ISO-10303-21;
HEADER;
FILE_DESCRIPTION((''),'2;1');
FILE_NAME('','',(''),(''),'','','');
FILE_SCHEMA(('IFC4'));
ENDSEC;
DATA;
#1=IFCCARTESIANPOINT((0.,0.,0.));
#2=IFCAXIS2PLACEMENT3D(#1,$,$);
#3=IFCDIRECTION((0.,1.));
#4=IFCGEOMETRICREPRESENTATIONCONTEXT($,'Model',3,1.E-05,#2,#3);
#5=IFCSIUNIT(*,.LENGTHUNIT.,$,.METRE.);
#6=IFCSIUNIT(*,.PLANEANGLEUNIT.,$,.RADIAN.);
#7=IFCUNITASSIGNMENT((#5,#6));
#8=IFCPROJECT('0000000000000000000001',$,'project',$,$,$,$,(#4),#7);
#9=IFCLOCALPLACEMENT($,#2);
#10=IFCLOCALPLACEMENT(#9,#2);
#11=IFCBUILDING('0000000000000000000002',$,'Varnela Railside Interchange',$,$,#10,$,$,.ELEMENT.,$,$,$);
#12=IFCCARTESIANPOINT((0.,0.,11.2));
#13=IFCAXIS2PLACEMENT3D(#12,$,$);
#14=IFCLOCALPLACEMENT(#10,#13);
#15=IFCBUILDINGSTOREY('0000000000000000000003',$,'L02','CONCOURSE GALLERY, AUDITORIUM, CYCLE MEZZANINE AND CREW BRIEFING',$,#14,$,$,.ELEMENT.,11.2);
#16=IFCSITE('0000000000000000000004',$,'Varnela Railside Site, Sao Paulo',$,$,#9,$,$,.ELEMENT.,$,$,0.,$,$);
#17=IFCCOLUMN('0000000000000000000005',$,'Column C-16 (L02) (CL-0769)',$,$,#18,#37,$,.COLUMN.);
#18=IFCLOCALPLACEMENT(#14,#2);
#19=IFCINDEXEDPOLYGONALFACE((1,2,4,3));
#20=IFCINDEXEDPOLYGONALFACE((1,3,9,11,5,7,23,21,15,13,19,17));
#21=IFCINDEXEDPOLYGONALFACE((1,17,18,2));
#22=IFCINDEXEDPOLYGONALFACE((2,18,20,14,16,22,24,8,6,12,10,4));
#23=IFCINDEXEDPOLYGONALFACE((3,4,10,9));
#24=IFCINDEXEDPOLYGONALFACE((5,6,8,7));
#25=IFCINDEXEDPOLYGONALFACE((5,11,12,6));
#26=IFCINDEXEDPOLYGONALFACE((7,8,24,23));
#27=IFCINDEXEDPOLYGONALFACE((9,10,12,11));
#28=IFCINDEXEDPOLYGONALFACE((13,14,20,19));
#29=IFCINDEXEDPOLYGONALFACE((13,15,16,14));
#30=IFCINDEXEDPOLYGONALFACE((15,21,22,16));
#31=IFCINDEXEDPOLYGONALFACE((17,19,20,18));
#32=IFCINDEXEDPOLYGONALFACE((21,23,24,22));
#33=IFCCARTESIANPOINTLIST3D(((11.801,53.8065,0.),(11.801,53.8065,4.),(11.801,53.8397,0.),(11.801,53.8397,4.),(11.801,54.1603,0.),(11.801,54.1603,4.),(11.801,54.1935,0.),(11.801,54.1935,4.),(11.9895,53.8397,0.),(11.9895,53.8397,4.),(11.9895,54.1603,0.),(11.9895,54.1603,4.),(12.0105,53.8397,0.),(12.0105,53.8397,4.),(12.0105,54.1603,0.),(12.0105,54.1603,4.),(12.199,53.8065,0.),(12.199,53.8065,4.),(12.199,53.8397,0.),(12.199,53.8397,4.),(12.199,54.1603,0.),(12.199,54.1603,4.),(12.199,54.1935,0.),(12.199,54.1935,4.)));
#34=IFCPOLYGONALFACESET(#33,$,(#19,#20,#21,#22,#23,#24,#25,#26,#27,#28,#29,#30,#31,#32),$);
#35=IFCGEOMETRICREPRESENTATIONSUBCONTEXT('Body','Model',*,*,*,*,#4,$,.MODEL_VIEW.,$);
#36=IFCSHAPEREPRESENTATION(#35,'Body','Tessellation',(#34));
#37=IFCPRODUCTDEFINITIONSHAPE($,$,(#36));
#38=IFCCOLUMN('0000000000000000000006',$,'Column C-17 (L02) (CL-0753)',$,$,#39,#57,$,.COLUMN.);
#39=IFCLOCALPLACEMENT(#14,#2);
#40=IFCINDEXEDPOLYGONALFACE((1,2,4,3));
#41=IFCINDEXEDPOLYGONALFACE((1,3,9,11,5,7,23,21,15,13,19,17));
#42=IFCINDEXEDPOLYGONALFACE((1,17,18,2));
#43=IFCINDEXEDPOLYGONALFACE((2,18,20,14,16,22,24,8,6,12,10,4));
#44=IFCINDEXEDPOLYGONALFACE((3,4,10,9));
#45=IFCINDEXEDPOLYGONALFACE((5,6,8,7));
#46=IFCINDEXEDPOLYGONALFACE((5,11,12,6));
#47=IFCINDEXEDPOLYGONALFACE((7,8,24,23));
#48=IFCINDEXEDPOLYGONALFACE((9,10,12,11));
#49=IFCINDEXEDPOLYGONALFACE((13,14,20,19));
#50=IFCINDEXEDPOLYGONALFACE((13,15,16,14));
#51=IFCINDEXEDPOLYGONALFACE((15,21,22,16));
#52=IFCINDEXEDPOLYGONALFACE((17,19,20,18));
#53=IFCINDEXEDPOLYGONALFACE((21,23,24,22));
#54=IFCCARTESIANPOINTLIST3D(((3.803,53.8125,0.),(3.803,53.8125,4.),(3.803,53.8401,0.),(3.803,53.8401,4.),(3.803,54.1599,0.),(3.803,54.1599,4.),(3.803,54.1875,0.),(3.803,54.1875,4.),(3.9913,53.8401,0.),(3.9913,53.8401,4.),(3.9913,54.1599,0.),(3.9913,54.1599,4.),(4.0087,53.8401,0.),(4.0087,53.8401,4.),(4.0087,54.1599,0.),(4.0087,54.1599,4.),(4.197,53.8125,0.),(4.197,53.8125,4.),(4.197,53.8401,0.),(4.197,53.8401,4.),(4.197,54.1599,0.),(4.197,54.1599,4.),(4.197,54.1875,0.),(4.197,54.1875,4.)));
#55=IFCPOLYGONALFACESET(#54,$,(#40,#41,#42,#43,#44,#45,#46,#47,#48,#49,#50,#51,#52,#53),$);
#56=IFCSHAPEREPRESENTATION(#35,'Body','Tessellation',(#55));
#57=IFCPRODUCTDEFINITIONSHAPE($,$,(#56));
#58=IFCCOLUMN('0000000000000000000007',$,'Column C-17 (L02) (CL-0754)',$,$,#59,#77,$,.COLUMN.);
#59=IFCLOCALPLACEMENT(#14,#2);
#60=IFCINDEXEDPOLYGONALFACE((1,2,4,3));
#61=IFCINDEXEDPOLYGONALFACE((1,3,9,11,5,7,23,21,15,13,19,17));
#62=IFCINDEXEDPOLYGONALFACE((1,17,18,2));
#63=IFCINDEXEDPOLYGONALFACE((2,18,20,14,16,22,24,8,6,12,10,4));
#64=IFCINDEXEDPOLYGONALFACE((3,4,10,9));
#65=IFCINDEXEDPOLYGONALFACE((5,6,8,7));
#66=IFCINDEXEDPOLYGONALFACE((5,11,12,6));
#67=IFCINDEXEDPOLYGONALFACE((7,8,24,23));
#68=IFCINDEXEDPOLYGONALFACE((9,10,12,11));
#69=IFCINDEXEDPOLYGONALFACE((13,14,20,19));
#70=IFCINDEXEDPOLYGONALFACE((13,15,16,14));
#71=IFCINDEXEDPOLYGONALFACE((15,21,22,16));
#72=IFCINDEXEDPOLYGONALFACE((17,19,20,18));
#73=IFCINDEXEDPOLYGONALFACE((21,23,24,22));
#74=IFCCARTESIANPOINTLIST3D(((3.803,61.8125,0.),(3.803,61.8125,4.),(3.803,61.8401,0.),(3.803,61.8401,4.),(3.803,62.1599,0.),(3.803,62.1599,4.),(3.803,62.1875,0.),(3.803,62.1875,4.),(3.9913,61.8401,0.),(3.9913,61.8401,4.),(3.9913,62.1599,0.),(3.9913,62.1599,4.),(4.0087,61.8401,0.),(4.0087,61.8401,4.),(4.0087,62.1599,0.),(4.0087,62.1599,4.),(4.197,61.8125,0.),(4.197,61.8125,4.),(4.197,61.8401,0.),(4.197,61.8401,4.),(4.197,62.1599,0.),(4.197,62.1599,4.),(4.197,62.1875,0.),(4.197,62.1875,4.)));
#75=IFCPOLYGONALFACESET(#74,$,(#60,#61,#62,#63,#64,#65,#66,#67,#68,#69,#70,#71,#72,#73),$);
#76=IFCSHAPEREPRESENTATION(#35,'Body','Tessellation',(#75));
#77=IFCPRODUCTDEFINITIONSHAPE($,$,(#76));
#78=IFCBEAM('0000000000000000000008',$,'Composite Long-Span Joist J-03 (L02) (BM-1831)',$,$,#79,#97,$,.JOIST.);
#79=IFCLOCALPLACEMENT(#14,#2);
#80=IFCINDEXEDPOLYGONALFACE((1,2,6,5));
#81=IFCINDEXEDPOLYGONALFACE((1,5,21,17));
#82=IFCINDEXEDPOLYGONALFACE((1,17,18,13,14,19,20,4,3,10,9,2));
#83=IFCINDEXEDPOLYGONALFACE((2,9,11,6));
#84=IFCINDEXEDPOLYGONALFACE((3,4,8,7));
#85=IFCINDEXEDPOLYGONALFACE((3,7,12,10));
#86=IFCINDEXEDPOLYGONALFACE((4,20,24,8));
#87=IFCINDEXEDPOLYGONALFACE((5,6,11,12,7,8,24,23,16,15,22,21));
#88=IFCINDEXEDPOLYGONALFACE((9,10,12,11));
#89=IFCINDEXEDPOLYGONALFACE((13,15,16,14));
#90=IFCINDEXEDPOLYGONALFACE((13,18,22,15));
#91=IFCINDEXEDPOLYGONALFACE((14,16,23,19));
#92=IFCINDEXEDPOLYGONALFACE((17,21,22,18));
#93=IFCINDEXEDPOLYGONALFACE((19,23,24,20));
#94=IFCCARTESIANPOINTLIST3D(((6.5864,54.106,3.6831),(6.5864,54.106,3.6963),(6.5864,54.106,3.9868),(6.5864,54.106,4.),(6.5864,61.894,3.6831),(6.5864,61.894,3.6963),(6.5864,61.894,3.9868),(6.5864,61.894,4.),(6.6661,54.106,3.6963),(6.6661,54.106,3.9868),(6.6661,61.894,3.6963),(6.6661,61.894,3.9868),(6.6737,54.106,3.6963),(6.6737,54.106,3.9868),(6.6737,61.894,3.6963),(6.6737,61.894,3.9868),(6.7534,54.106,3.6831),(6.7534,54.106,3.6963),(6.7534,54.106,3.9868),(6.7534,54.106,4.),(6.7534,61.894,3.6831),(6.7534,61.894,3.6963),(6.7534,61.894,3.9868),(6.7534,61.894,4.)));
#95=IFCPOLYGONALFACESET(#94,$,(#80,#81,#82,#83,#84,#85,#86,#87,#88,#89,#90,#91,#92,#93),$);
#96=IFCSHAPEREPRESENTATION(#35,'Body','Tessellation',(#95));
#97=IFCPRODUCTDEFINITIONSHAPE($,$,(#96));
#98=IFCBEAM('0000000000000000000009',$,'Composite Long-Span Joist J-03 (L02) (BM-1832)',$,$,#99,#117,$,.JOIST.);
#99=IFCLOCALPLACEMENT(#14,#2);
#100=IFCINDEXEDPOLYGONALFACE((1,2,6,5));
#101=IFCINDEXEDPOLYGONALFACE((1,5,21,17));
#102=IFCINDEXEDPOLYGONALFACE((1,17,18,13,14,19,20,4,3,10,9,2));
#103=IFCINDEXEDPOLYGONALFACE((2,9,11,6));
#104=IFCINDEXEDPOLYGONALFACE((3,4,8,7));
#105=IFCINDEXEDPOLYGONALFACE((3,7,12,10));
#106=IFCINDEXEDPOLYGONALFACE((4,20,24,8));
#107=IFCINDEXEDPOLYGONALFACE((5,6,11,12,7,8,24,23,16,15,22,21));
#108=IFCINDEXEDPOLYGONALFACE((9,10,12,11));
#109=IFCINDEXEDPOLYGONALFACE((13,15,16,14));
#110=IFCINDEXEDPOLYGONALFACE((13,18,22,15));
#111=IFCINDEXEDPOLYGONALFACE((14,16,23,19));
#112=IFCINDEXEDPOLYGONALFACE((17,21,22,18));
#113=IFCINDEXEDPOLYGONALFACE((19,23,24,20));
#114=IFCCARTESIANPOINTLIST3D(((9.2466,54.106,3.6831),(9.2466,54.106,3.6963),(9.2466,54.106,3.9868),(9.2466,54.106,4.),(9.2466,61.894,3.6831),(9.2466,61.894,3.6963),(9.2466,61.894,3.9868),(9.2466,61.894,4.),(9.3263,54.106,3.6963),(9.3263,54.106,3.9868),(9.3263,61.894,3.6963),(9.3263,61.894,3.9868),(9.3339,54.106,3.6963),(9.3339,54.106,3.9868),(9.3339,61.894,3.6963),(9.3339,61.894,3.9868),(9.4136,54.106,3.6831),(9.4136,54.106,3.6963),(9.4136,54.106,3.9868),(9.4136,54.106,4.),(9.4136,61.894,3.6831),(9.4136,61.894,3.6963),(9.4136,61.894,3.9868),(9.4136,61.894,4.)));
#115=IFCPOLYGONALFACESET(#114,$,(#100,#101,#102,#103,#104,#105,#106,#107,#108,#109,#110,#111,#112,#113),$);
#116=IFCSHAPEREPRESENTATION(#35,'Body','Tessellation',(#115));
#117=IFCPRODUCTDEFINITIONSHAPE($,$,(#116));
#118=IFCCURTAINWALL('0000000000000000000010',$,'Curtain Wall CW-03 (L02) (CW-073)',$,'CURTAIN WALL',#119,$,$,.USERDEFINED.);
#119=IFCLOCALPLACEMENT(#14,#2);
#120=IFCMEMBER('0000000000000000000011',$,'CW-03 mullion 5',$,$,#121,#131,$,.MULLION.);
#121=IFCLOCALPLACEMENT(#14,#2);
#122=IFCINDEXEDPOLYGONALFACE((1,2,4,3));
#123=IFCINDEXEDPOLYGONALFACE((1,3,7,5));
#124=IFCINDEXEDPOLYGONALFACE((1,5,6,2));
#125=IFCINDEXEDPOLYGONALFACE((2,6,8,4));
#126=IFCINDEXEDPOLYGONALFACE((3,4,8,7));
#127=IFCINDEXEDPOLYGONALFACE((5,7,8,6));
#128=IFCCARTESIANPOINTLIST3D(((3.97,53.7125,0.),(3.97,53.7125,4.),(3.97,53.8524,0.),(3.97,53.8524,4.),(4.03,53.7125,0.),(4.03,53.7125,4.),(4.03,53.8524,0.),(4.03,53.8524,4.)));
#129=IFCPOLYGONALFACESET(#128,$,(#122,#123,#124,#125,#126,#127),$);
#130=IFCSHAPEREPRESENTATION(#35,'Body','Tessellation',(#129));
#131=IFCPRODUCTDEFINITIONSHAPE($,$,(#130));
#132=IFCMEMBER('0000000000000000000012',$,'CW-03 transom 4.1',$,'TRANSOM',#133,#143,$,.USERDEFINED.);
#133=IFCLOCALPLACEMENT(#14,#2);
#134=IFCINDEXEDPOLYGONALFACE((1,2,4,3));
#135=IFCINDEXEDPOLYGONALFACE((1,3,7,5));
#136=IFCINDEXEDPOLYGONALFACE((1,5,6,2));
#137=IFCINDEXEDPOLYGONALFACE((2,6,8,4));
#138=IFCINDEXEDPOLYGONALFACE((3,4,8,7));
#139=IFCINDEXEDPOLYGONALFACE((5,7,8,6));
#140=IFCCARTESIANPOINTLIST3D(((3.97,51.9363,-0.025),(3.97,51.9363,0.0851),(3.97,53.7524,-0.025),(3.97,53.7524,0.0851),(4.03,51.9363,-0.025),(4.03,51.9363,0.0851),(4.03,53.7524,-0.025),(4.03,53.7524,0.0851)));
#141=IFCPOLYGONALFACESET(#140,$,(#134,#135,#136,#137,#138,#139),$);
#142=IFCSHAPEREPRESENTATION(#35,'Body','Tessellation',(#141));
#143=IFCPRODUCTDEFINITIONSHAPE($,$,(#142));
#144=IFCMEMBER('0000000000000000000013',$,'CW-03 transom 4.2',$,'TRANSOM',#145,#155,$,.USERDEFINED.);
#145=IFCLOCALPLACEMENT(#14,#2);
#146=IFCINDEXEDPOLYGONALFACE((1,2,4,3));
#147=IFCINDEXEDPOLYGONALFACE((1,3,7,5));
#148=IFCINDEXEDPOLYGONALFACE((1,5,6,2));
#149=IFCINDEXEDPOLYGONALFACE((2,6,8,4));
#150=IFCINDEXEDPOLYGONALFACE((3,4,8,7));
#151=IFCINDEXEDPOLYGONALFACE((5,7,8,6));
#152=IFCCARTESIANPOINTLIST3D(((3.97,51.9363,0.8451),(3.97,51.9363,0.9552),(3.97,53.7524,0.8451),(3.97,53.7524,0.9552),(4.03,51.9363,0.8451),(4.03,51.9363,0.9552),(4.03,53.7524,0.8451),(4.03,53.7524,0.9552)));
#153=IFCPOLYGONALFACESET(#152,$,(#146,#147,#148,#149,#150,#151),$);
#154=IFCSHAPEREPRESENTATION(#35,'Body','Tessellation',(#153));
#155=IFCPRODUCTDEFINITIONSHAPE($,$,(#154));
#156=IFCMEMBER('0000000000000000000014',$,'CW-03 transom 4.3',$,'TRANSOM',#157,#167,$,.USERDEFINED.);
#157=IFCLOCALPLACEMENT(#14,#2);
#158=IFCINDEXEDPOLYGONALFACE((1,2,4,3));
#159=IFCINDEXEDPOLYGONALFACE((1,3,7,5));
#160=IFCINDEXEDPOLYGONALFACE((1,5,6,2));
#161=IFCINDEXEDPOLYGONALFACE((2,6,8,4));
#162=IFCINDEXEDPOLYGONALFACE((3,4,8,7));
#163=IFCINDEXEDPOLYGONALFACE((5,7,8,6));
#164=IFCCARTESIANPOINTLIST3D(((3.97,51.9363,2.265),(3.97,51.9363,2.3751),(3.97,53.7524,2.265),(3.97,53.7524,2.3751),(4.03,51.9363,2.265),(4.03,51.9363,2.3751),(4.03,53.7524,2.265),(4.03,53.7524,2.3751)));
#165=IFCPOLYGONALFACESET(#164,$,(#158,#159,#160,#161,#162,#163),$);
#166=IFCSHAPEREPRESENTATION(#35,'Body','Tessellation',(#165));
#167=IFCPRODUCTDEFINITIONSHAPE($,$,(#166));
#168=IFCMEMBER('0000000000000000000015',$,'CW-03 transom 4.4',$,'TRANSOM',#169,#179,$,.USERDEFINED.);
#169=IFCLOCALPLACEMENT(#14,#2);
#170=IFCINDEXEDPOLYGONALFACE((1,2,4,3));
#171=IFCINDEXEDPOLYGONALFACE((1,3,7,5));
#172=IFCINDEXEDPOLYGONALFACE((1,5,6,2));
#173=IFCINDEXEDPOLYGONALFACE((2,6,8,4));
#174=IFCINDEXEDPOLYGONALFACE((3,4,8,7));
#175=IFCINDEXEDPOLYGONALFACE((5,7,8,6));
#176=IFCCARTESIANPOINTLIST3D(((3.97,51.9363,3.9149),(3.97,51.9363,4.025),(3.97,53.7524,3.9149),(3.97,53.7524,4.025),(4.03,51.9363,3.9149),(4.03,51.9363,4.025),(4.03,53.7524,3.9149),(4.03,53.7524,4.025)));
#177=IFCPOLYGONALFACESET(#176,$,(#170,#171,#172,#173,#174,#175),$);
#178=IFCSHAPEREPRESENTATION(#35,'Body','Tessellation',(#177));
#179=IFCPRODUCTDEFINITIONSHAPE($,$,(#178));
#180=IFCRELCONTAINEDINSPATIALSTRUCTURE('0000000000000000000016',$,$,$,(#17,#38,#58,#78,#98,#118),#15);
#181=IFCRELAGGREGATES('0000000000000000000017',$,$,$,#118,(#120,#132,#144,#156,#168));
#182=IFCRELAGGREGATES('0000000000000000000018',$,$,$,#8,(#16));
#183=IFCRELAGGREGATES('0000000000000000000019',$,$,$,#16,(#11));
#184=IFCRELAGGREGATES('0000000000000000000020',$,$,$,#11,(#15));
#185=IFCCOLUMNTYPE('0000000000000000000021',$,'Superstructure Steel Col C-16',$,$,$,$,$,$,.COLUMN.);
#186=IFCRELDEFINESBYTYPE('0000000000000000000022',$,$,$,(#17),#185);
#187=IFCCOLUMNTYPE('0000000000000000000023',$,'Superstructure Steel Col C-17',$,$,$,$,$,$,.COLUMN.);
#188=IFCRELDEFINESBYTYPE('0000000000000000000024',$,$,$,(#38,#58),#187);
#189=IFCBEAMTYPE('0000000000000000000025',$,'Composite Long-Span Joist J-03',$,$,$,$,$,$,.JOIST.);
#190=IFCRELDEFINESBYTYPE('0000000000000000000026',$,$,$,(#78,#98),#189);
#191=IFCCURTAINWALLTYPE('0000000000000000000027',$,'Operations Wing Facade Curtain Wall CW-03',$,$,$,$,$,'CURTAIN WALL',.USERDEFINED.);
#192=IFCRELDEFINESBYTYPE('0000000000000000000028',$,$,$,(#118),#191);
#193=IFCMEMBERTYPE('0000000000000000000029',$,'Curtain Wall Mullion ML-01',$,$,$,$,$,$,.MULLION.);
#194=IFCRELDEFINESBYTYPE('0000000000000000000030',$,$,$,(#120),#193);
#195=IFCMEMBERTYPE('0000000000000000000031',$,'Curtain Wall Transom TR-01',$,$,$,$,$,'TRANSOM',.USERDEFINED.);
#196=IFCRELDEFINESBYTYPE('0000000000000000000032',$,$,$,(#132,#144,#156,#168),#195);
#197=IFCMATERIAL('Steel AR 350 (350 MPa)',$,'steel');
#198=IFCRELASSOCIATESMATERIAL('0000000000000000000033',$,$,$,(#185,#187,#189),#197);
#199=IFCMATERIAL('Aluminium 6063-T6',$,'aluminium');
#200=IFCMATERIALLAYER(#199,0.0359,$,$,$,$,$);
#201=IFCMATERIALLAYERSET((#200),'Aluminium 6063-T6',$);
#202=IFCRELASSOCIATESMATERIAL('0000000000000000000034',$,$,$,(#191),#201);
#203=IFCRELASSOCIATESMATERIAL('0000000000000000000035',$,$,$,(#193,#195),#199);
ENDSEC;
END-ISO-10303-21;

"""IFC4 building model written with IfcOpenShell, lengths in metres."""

from ifc_helpers import new_model, si_unit, direction, frame, origin, origin_2d, place, context, subcontext, project, spatial, rectangle, i_section, extrude, material, layer, layer_set, material_profile, profile_set, type_object, element, aggregate, save


model = new_model("IFC4")

# Units and contexts
model_context = context("Model", 3, precision=1e-05, world=origin(), true_north=direction((0.0, 1.0)))
body_context = subcontext(model_context, "Body", "Model", "MODEL_VIEW")
ifc_project = project(units=[si_unit("LENGTHUNIT", "METRE"), si_unit("PLANEANGLEUNIT", "RADIAN")], contexts=[model_context])

# Site, building, storey
site_placement = place(None, origin())
site = spatial("IfcSite", under=ifc_project, at=site_placement, Name="Varnela Railside Site, Sao Paulo", CompositionType="ELEMENT", RefElevation=0.0)
building_placement = place(site_placement, origin())
building = spatial("IfcBuilding", under=site, at=building_placement, Name="Varnela Railside Interchange", CompositionType="ELEMENT")
storey_placement = place(building_placement, frame((0.0, 0.0, 11.2)))
storey = spatial("IfcBuildingStorey", under=building, at=storey_placement, Name="L02", Description="CONCOURSE GALLERY, AUDITORIUM, CYCLE MEZZANINE AND CREW BRIEFING", CompositionType="ELEMENT", Elevation=11.2)

# Columns
ifc_material_1 = material(Name="Steel AR 350 (350 MPa)", Category="steel")
ifc_material_profile_1 = material_profile(ifc_material_1, i_section(OverallWidth=0.3979, OverallDepth=0.387, WebThickness=0.021, FlangeThickness=0.0332, at=origin_2d()), Name="W360x262")
ifc_profile_set_1 = profile_set([ifc_material_profile_1], Name="Steel AR 350 (350 MPa)")
column_type_1 = type_object("IfcColumnType", Name="Superstructure Steel Col C-16", PredefinedType="COLUMN", material=ifc_profile_set_1)
column_placement = place(storey_placement, frame((12.0, 54.0, 0.0), z_axis=(0.0, 0.0, 1.0), x_axis=(1.0, 0.0, 0.0)))
element("IfcColumn", 1, at=column_placement, inside=storey, type_object=column_type_1, Name="Column C-16 (L02) (CL-0769)", PredefinedType="COLUMN", context=body_context, shape_type="SweptSolid", body=[
    extrude(i_section(OverallWidth=0.3979, OverallDepth=0.387, WebThickness=0.021, FlangeThickness=0.0332, at=origin_2d()), origin(), (0.0, 0.0, 1.0), 4.0),
])
ifc_material_profile_2 = material_profile(ifc_material_1, i_section(OverallWidth=0.394, OverallDepth=0.375, WebThickness=0.0173, FlangeThickness=0.0276, at=origin_2d()), Name="W360x216")
ifc_profile_set_2 = profile_set([ifc_material_profile_2], Name="Steel AR 350 (350 MPa)")
column_type_2 = type_object("IfcColumnType", Name="Superstructure Steel Col C-17", PredefinedType="COLUMN", material=ifc_profile_set_2)
for number, where, z_axis, x_axis, name in (
    (2, (4.0, 54.0, 0.0), (0.0, 0.0, 1.0), (1.0, 0.0, 0.0), "Column C-17 (L02) (CL-0753)"),
    (3, (4.0, 62.0, 0.0), (0.0, 0.0, 1.0), (1.0, 0.0, 0.0), "Column C-17 (L02) (CL-0754)"),
):
    element("IfcColumn", number, at=place(storey_placement, frame(where, z_axis=z_axis, x_axis=x_axis)), inside=storey, type_object=column_type_2, Name=name, PredefinedType="COLUMN", context=body_context, shape_type="SweptSolid", body=[
        extrude(i_section(OverallWidth=0.394, OverallDepth=0.375, WebThickness=0.0173, FlangeThickness=0.0276, at=origin_2d()), origin(), (0.0, 0.0, 1.0), 4.0),
    ])

# Beams
ifc_material_profile_3 = material_profile(ifc_material_1, i_section(OverallWidth=0.167, OverallDepth=0.3169, WebThickness=0.0076, FlangeThickness=0.0132, at=origin_2d()), Name="W310x52")
ifc_profile_set_3 = profile_set([ifc_material_profile_3], Name="Steel AR 350 (350 MPa)")
beam_type_1 = type_object("IfcBeamType", Name="Composite Long-Span Joist J-03", PredefinedType="JOIST", material=ifc_profile_set_3)
for number, where, z_axis, x_axis, name in (
    (4, (6.6699, 54.106, 3.8416), (0.0, 1.0, 0.0), (-1.0, 0.0, 0.0), "Composite Long-Span Joist J-03 (L02) (BM-1831)"),
    (5, (9.3301, 54.106, 3.8416), (0.0, 1.0, 0.0), (-1.0, 0.0, 0.0), "Composite Long-Span Joist J-03 (L02) (BM-1832)"),
):
    element("IfcBeam", number, at=place(storey_placement, frame(where, z_axis=z_axis, x_axis=x_axis)), inside=storey, type_object=beam_type_1, Name=name, PredefinedType="JOIST", context=body_context, shape_type="SweptSolid", body=[
        extrude(i_section(OverallWidth=0.167, OverallDepth=0.3169, WebThickness=0.0076, FlangeThickness=0.0132, at=origin_2d()), origin(), (0.0, 0.0, 1.0), 7.7881),
    ])

# Curtain wall, members
ifc_material_2 = material(Name="Aluminium 6063-T6", Category="aluminium")
ifc_layer_1 = layer(ifc_material_2, 0.0359)
ifc_layer_set_1 = layer_set([ifc_layer_1], Name="Aluminium 6063-T6")
curtain_wall_type = type_object("IfcCurtainWallType", Name="Operations Wing Facade Curtain Wall CW-03", ElementType="CURTAIN WALL", PredefinedType="USERDEFINED", material=ifc_layer_set_1)
curtain_wall_placement = place(storey_placement, origin())
curtain_wall = element("IfcCurtainWall", 6, at=curtain_wall_placement, inside=storey, type_object=curtain_wall_type, Name="Curtain Wall CW-03 (L02) (CW-073)", ObjectType="CURTAIN WALL", PredefinedType="USERDEFINED")
ifc_material_profile_4 = material_profile(ifc_material_2, rectangle(XDim=0.0601, YDim=0.1399, at=origin_2d()), Name="ALU 60x140")
ifc_profile_set_4 = profile_set([ifc_material_profile_4], Name="Aluminium 6063-T6")
member_type_1 = type_object("IfcMemberType", Name="Curtain Wall Mullion ML-01", PredefinedType="MULLION", material=ifc_profile_set_4)
member_1_placement = place(storey_placement, frame((4.0, 53.7825, 0.0), z_axis=(0.0, 0.0, 1.0), x_axis=(-1.0, 0.0, 0.0)))
member_1 = element("IfcMember", 7, at=member_1_placement, type_object=member_type_1, Name="CW-03 mullion 5", PredefinedType="MULLION", context=body_context, shape_type="SweptSolid", body=[
    extrude(rectangle(XDim=0.0601, YDim=0.1399, at=origin_2d()), origin(), (0.0, 0.0, 1.0), 4.0),
])
ifc_material_profile_5 = material_profile(ifc_material_2, rectangle(XDim=0.0601, YDim=0.1101, at=origin_2d()), Name="ALU 60x110")
ifc_profile_set_5 = profile_set([ifc_material_profile_5], Name="Aluminium 6063-T6")
member_type_2 = type_object("IfcMemberType", Name="Curtain Wall Transom TR-01", ElementType="TRANSOM", PredefinedType="USERDEFINED", material=ifc_profile_set_5)
member_2_placement = place(storey_placement, frame((4.0, 51.9363, 0.03), z_axis=(0.0, 1.0, 0.0), x_axis=(-1.0, 0.0, 0.0)))
member_2 = element("IfcMember", 8, at=member_2_placement, type_object=member_type_2, Name="CW-03 transom 4.1", ObjectType="TRANSOM", PredefinedType="USERDEFINED", context=body_context, shape_type="SweptSolid", body=[
    extrude(rectangle(XDim=0.0601, YDim=0.1101, at=origin_2d()), origin(), (0.0, 0.0, 1.0), 1.8162),
])
member_3_placement = place(storey_placement, frame((4.0, 51.9363, 0.9001), z_axis=(0.0, 1.0, 0.0), x_axis=(-1.0, 0.0, 0.0)))
member_3 = element("IfcMember", 9, at=member_3_placement, type_object=member_type_2, Name="CW-03 transom 4.2", ObjectType="TRANSOM", PredefinedType="USERDEFINED", context=body_context, shape_type="SweptSolid", body=[
    extrude(rectangle(XDim=0.0601, YDim=0.1101, at=origin_2d()), origin(), (0.0, 0.0, 1.0), 1.8162),
])
member_4_placement = place(storey_placement, frame((4.0, 51.9363, 2.3201), z_axis=(0.0, 1.0, 0.0), x_axis=(-1.0, 0.0, 0.0)))
member_4 = element("IfcMember", 10, at=member_4_placement, type_object=member_type_2, Name="CW-03 transom 4.3", ObjectType="TRANSOM", PredefinedType="USERDEFINED", context=body_context, shape_type="SweptSolid", body=[
    extrude(rectangle(XDim=0.0601, YDim=0.1101, at=origin_2d()), origin(), (0.0, 0.0, 1.0), 1.8162),
])
member_5_placement = place(storey_placement, frame((4.0, 51.9363, 3.97), z_axis=(0.0, 1.0, 0.0), x_axis=(-1.0, 0.0, 0.0)))
member_5 = element("IfcMember", 11, at=member_5_placement, type_object=member_type_2, Name="CW-03 transom 4.4", ObjectType="TRANSOM", PredefinedType="USERDEFINED", context=body_context, shape_type="SweptSolid", body=[
    extrude(rectangle(XDim=0.0601, YDim=0.1101, at=origin_2d()), origin(), (0.0, 0.0, 1.0), 1.8162),
])

aggregate(curtain_wall, [member_1, member_2, member_3, member_4, member_5])

save(model, "model.ifc")
